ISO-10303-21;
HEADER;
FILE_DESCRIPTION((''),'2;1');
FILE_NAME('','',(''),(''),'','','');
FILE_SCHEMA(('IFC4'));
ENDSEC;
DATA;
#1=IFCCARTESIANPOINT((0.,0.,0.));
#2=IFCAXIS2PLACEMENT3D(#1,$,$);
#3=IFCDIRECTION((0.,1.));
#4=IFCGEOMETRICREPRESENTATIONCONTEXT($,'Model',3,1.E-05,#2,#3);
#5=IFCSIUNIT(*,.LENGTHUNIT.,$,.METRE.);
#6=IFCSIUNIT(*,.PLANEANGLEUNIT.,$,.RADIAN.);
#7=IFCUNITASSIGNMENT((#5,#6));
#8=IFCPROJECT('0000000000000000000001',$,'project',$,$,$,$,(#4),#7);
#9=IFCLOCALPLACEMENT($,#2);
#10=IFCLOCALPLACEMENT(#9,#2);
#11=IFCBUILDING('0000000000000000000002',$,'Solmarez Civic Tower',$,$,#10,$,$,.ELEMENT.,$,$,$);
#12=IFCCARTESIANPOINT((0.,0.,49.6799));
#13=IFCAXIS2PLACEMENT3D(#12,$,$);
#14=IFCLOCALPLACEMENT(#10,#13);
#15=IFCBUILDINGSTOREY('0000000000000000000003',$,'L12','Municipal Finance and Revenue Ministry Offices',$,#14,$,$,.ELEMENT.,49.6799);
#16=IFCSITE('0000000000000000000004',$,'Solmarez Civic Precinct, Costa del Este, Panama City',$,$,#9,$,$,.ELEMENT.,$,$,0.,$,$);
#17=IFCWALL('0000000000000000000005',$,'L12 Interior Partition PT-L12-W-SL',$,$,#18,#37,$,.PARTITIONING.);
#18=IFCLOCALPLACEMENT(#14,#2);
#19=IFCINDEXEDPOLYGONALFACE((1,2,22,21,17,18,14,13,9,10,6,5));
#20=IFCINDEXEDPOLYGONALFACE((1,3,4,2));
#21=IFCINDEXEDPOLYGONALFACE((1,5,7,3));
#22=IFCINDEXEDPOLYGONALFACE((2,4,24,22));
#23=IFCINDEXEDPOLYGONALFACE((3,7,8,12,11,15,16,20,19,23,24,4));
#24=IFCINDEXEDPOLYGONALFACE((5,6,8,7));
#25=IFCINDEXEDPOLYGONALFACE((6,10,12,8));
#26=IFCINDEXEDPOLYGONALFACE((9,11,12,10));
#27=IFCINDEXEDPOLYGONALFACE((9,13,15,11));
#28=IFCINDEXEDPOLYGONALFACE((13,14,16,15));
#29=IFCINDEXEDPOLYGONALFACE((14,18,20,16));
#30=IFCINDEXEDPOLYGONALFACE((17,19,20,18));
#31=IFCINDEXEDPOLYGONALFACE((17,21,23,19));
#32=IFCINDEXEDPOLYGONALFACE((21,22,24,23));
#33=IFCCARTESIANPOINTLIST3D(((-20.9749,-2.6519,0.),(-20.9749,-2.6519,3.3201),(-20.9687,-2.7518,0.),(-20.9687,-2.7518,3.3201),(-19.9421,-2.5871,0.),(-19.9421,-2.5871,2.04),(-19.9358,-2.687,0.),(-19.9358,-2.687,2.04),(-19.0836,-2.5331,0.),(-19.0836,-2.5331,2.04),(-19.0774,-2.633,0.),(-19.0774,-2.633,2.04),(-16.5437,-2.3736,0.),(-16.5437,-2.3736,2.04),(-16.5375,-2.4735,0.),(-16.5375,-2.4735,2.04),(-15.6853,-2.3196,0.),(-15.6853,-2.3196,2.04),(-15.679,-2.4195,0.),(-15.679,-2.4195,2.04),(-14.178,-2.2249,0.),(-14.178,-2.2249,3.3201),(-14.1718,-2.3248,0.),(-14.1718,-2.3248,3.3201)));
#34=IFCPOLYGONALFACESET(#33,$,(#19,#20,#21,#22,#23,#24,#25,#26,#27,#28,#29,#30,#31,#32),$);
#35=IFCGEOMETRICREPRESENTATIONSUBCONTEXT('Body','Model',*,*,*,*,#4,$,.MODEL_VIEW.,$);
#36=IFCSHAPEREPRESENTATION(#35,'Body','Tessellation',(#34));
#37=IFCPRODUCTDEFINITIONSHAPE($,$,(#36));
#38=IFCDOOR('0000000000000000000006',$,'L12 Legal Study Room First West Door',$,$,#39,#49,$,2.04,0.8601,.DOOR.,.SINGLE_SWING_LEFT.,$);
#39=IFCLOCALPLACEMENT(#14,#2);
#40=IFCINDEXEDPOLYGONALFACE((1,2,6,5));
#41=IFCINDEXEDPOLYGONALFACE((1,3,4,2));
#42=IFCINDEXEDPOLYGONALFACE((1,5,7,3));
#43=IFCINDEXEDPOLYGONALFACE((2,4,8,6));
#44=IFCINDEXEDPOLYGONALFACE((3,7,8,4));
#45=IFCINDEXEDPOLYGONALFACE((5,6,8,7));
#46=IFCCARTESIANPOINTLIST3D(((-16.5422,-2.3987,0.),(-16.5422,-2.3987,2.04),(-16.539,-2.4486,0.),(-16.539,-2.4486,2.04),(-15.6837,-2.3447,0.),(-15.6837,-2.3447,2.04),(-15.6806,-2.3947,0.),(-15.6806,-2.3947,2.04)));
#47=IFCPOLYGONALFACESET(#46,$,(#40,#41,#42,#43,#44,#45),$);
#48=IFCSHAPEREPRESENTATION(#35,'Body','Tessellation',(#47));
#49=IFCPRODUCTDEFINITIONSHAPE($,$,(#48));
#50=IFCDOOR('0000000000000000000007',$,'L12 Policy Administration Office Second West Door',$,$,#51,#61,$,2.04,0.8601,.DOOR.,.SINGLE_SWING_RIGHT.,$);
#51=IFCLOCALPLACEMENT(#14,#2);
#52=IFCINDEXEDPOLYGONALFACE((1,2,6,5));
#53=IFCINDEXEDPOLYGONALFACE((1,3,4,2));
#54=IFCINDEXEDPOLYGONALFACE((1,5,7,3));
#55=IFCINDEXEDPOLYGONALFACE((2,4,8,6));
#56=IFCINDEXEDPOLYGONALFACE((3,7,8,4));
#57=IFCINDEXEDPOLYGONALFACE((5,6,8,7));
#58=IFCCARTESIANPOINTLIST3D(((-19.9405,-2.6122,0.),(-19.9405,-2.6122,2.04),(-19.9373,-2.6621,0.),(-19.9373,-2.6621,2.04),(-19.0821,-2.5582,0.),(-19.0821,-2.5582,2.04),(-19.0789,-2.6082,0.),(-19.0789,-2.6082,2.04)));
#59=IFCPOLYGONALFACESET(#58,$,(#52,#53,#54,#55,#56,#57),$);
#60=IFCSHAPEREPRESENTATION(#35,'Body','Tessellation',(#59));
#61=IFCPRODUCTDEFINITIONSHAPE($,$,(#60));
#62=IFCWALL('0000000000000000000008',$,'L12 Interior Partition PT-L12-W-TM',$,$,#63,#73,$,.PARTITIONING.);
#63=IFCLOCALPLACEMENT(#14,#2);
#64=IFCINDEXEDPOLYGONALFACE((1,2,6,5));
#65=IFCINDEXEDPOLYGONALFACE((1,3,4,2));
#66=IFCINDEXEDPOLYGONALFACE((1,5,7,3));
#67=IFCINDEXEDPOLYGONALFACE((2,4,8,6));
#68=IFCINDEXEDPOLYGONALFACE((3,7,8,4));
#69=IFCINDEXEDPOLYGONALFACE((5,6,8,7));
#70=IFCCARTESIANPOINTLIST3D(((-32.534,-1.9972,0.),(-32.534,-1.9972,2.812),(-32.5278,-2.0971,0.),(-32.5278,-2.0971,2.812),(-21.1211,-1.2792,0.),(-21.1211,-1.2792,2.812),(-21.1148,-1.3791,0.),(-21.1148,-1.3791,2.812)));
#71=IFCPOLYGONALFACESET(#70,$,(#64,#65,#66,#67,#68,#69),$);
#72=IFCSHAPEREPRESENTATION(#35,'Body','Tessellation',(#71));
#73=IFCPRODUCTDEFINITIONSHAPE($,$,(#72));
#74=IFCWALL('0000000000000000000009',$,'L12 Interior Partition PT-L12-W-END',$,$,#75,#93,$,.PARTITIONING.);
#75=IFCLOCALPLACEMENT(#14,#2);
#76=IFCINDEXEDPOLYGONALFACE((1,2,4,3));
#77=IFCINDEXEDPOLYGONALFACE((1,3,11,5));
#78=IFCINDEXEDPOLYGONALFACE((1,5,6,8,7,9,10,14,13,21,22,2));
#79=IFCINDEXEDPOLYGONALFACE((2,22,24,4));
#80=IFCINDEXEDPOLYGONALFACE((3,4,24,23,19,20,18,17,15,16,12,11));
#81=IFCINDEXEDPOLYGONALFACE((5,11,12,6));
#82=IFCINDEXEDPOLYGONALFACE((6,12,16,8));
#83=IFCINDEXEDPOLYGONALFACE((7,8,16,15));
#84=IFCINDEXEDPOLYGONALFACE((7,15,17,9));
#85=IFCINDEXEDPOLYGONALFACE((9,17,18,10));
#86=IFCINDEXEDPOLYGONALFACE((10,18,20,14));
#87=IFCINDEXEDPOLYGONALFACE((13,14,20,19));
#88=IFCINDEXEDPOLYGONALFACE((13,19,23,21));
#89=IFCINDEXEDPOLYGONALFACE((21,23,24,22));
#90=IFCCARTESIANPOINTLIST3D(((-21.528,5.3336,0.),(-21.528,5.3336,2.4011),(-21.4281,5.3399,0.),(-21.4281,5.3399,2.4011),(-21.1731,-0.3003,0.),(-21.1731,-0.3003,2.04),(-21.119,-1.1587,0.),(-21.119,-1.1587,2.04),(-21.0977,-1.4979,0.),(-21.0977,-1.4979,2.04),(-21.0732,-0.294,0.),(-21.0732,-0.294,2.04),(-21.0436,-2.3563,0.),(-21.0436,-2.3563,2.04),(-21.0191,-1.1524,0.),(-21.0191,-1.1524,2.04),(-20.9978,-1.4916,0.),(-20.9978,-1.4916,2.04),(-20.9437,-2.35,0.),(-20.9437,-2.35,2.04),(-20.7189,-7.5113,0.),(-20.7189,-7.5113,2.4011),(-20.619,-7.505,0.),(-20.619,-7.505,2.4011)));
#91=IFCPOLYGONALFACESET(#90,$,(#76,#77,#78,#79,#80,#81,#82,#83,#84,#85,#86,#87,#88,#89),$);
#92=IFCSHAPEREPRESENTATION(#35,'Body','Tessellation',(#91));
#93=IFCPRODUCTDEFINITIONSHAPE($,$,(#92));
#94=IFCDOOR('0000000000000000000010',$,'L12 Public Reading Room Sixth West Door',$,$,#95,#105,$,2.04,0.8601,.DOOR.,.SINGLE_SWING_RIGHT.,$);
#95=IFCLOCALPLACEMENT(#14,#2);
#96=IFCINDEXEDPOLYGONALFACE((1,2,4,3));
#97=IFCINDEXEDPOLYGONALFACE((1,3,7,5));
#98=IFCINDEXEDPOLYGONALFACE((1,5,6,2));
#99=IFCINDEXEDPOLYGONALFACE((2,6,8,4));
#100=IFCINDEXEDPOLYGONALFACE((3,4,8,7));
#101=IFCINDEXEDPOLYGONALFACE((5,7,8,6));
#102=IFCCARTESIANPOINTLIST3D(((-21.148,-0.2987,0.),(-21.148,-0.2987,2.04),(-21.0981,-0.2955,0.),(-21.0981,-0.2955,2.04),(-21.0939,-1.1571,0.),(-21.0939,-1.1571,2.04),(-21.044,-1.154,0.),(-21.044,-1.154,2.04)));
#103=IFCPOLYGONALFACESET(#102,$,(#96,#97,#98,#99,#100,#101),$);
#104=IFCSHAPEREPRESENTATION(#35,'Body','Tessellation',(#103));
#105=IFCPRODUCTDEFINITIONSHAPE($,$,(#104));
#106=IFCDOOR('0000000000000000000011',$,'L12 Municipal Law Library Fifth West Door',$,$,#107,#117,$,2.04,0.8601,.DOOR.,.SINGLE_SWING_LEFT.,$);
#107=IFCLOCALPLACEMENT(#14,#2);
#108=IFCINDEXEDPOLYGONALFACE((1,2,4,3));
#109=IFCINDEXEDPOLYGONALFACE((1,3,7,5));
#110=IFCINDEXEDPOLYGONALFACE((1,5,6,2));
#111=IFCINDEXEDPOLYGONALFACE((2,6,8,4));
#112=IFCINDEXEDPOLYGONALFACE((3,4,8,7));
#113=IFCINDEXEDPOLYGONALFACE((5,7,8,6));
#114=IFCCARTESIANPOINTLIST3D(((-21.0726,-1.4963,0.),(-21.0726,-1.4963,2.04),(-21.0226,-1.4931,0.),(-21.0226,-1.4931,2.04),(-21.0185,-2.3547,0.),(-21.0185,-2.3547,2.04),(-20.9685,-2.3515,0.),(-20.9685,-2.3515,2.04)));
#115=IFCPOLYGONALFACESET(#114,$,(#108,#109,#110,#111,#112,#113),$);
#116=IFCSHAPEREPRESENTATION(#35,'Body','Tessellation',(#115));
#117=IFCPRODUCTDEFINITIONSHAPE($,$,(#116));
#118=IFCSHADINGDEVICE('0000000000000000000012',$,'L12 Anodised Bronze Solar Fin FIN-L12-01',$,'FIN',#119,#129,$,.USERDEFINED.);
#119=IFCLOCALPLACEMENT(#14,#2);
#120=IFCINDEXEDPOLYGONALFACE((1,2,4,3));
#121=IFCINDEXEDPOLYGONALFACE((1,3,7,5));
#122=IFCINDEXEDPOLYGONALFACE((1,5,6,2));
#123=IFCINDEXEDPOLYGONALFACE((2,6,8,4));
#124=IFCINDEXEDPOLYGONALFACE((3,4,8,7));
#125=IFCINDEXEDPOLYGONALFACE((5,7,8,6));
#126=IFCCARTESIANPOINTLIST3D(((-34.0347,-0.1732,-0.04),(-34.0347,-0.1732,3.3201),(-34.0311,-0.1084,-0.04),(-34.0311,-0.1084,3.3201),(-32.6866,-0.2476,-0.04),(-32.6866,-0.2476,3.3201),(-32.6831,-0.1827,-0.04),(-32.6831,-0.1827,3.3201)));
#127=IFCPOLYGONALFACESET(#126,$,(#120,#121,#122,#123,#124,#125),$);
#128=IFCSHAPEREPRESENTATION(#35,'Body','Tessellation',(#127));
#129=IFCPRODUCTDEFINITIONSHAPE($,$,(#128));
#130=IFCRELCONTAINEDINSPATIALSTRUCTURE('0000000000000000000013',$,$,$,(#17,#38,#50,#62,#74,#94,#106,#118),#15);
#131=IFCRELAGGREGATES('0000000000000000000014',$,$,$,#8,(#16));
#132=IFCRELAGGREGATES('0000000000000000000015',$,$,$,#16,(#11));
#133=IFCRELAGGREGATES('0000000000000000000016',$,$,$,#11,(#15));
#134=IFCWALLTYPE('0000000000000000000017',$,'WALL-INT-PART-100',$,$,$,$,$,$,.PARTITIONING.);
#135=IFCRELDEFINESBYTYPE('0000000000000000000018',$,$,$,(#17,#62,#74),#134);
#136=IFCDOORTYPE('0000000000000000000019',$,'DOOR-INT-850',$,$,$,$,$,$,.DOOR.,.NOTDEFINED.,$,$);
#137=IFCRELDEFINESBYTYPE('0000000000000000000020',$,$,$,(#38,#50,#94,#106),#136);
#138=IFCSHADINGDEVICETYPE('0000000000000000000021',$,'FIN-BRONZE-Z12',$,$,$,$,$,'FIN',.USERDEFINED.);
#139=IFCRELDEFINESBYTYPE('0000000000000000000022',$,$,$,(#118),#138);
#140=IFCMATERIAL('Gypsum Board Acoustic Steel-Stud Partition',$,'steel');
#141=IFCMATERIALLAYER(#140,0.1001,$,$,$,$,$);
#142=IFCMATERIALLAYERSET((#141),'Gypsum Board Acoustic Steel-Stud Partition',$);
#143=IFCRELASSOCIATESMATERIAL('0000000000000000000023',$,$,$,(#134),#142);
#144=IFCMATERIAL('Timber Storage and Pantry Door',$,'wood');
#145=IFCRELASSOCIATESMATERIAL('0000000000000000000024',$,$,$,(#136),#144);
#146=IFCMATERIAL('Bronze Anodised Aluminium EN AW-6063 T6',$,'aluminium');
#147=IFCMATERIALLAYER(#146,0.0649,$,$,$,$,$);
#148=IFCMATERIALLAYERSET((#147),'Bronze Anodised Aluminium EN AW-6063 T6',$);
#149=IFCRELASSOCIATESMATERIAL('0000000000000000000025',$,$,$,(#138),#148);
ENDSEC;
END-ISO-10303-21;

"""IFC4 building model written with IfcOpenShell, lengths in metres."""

from ifc_helpers import new_model, si_unit, direction, frame, frame_2d, origin, origin_2d, place, context, subcontext, project, spatial, rectangle, extrude, material, layer, layer_set, type_object, element, fill, save


model = new_model("IFC4")

# Units and contexts
model_context = context("Model", 3, precision=1e-05, world=origin(), true_north=direction((0.0, 1.0)))
body_context = subcontext(model_context, "Body", "Model", "MODEL_VIEW")
ifc_project = project(units=[si_unit("LENGTHUNIT", "METRE"), si_unit("PLANEANGLEUNIT", "RADIAN")], contexts=[model_context])

# Site, building, storey
site_placement = place(None, origin())
site = spatial("IfcSite", under=ifc_project, at=site_placement, Name="Solmarez Civic Precinct, Costa del Este, Panama City", CompositionType="ELEMENT", RefElevation=0.0)
building_placement = place(site_placement, origin())
building = spatial("IfcBuilding", under=site, at=building_placement, Name="Solmarez Civic Tower", CompositionType="ELEMENT")
storey_placement = place(building_placement, frame((0.0, 0.0, 49.6799)))
storey = spatial("IfcBuildingStorey", under=building, at=storey_placement, Name="L12", Description="Municipal Finance and Revenue Ministry Offices", CompositionType="ELEMENT", Elevation=49.6799)

# Shared definitions
ifc_material_1 = material(Name="Gypsum Board Acoustic Steel-Stud Partition", Category="steel")
ifc_layer_1 = layer(ifc_material_1, 0.1001)
ifc_layer_set_1 = layer_set([ifc_layer_1], Name="Gypsum Board Acoustic Steel-Stud Partition")
wall_type_1 = type_object("IfcWallType", Name="WALL-INT-PART-100", PredefinedType="PARTITIONING", material=ifc_layer_set_1)

# Wall, openings, doors
wall_1_placement = place(storey_placement, frame((-20.9719, -2.7019, 0.0), z_axis=(0.0, 0.0, 1.0), x_axis=(0.998032, 0.0627, 0.0)))
wall_1 = element("IfcWall", 1, at=wall_1_placement, inside=storey, type_object=wall_type_1, Name="L12 Interior Partition PT-L12-W-SL", PredefinedType="PARTITIONING", context=body_context, shape_type="SweptSolid", body=[
    extrude(rectangle(XDim=6.8103, YDim=0.1001, at=frame_2d((3.4053, 0.0))), origin(), (0.0, 0.0, 1.0), 3.3201),
])
opening_1_placement = place(wall_1_placement, frame((4.4399, 0.0, 0.0)))
opening_1 = element("IfcOpeningElement", 2, at=opening_1_placement, cuts=wall_1, PredefinedType="OPENING", context=body_context, shape_type="SweptSolid", body=[
    extrude(rectangle(XDim=0.8601, YDim=2.04, at=frame_2d((0.4302, 1.02))), frame((0.0, 0.0601, 0.0), z_axis=(0.0, -1.0, 0.0), x_axis=(1.0, 0.0, 0.0)), (0.0, 0.0, 1.0), 0.1201),
])
opening_2_placement = place(wall_1_placement, frame((1.0349, 0.0, 0.0)))
opening_2 = element("IfcOpeningElement", 3, at=opening_2_placement, cuts=wall_1, PredefinedType="OPENING", context=body_context, shape_type="SweptSolid", body=[
    extrude(rectangle(XDim=0.8601, YDim=2.04, at=frame_2d((0.4302, 1.02))), frame((0.0, 0.0601, 0.0), z_axis=(0.0, -1.0, 0.0), x_axis=(1.0, 0.0, 0.0)), (0.0, 0.0, 1.0), 0.1201),
])
ifc_material_2 = material(Name="Timber Storage and Pantry Door", Category="wood")
door_type = type_object("IfcDoorType", Name="DOOR-INT-850", OperationType="NOTDEFINED", PredefinedType="DOOR", material=ifc_material_2)
door_1_placement = place(opening_1_placement, origin())
door_1 = element("IfcDoor", 4, at=door_1_placement, inside=storey, type_object=door_type, Name="L12 Legal Study Room First West Door", OperationType="SINGLE_SWING_LEFT", OverallHeight=2.04, OverallWidth=0.8601, PredefinedType="DOOR", context=body_context, shape_type="SweptSolid", body=[
    extrude(rectangle(XDim=0.8601, YDim=2.04, at=frame_2d((0.4302, 1.02))), frame((0.0, 0.0249, 0.0), z_axis=(0.0, -1.0, 0.0), x_axis=(1.0, 0.0, 0.0)), (0.0, 0.0, 1.0), 0.05),
])
fill(opening_1, door_1)
door_2_placement = place(opening_2_placement, origin())
door_2 = element("IfcDoor", 5, at=door_2_placement, inside=storey, type_object=door_type, Name="L12 Policy Administration Office Second West Door", OperationType="SINGLE_SWING_RIGHT", OverallHeight=2.04, OverallWidth=0.8601, PredefinedType="DOOR", context=body_context, shape_type="SweptSolid", body=[
    extrude(rectangle(XDim=0.8601, YDim=2.04, at=frame_2d((0.4302, 1.02))), frame((0.0, 0.0249, 0.0), z_axis=(0.0, -1.0, 0.0), x_axis=(1.0, 0.0, 0.0)), (0.0, 0.0, 1.0), 0.05),
])
fill(opening_2, door_2)

# Wall
wall_2_placement = place(storey_placement, frame((-21.1179, -1.3291, 0.0), z_axis=(0.0, 0.0, 1.0), x_axis=(-0.998027, -0.062788, 0.0)))
element("IfcWall", 6, at=wall_2_placement, inside=storey, type_object=wall_type_1, Name="L12 Interior Partition PT-L12-W-TM", PredefinedType="PARTITIONING", context=body_context, shape_type="SweptSolid", body=[
    extrude(rectangle(XDim=11.4355, YDim=0.1001, at=frame_2d((5.7178, 0.0))), origin(), (0.0, 0.0, 1.0), 2.812),
])

# Wall, openings, doors
wall_3_placement = place(storey_placement, frame((-20.6689, -7.5081, 0.0), z_axis=(0.0, 0.0, 1.0), x_axis=(-0.062864, 0.998022, 0.0)))
wall_3 = element("IfcWall", 7, at=wall_3_placement, inside=storey, type_object=wall_type_1, Name="L12 Interior Partition PT-L12-W-END", PredefinedType="PARTITIONING", context=body_context, shape_type="SweptSolid", body=[
    extrude(rectangle(XDim=12.8704, YDim=0.1001, at=frame_2d((6.4351, 0.0))), origin(), (0.0, 0.0, 1.0), 2.4011),
])
opening_3_placement = place(wall_3_placement, frame((6.365, 0.0, 0.0)))
opening_3 = element("IfcOpeningElement", 8, at=opening_3_placement, cuts=wall_3, PredefinedType="OPENING", context=body_context, shape_type="SweptSolid", body=[
    extrude(rectangle(XDim=0.8601, YDim=2.04, at=frame_2d((0.4302, 1.02))), frame((0.0, 0.0601, 0.0), z_axis=(0.0, -1.0, 0.0), x_axis=(1.0, 0.0, 0.0)), (0.0, 0.0, 1.0), 0.1201),
])
opening_4_placement = place(wall_3_placement, frame((5.165, 0.0, 0.0)))
opening_4 = element("IfcOpeningElement", 9, at=opening_4_placement, cuts=wall_3, PredefinedType="OPENING", context=body_context, shape_type="SweptSolid", body=[
    extrude(rectangle(XDim=0.8601, YDim=2.04, at=frame_2d((0.4302, 1.02))), frame((0.0, 0.0601, 0.0), z_axis=(0.0, -1.0, 0.0), x_axis=(1.0, 0.0, 0.0)), (0.0, 0.0, 1.0), 0.1201),
])
door_3_placement = place(opening_3_placement, origin())
door_3 = element("IfcDoor", 10, at=door_3_placement, inside=storey, type_object=door_type, Name="L12 Public Reading Room Sixth West Door", OperationType="SINGLE_SWING_RIGHT", OverallHeight=2.04, OverallWidth=0.8601, PredefinedType="DOOR", context=body_context, shape_type="SweptSolid", body=[
    extrude(rectangle(XDim=0.8601, YDim=2.04, at=frame_2d((0.4302, 1.02))), frame((0.0, 0.0249, 0.0), z_axis=(0.0, -1.0, 0.0), x_axis=(1.0, 0.0, 0.0)), (0.0, 0.0, 1.0), 0.05),
])
fill(opening_3, door_3)
door_4_placement = place(opening_4_placement, origin())
door_4 = element("IfcDoor", 11, at=door_4_placement, inside=storey, type_object=door_type, Name="L12 Municipal Law Library Fifth West Door", OperationType="SINGLE_SWING_LEFT", OverallHeight=2.04, OverallWidth=0.8601, PredefinedType="DOOR", context=body_context, shape_type="SweptSolid", body=[
    extrude(rectangle(XDim=0.8601, YDim=2.04, at=frame_2d((0.4302, 1.02))), frame((0.0, 0.0249, 0.0), z_axis=(0.0, -1.0, 0.0), x_axis=(1.0, 0.0, 0.0)), (0.0, 0.0, 1.0), 0.05),
])
fill(opening_4, door_4)

# Shading device
ifc_material_3 = material(Name="Bronze Anodised Aluminium EN AW-6063 T6", Category="aluminium")
ifc_layer_2 = layer(ifc_material_3, 0.0649)
ifc_layer_set_2 = layer_set([ifc_layer_2], Name="Bronze Anodised Aluminium EN AW-6063 T6")
shading_device_type = type_object("IfcShadingDeviceType", Name="FIN-BRONZE-Z12", ElementType="FIN", PredefinedType="USERDEFINED", material=ifc_layer_set_2)
shading_device_placement = place(storey_placement, frame((-33.3589, -0.178, -0.04), z_axis=(0.0, 0.0, 1.0), x_axis=(-0.998484, 0.055037, 0.0)))
element("IfcShadingDevice", 12, at=shading_device_placement, inside=storey, type_object=shading_device_type, Name="L12 Anodised Bronze Solar Fin FIN-L12-01", ObjectType="FIN", PredefinedType="USERDEFINED", context=body_context, shape_type="SweptSolid", body=[
    extrude(rectangle(XDim=1.3501, YDim=0.0649, at=origin_2d()), origin(), (0.0, 0.0, 1.0), 3.3601),
])

save(model, "model.ifc")
